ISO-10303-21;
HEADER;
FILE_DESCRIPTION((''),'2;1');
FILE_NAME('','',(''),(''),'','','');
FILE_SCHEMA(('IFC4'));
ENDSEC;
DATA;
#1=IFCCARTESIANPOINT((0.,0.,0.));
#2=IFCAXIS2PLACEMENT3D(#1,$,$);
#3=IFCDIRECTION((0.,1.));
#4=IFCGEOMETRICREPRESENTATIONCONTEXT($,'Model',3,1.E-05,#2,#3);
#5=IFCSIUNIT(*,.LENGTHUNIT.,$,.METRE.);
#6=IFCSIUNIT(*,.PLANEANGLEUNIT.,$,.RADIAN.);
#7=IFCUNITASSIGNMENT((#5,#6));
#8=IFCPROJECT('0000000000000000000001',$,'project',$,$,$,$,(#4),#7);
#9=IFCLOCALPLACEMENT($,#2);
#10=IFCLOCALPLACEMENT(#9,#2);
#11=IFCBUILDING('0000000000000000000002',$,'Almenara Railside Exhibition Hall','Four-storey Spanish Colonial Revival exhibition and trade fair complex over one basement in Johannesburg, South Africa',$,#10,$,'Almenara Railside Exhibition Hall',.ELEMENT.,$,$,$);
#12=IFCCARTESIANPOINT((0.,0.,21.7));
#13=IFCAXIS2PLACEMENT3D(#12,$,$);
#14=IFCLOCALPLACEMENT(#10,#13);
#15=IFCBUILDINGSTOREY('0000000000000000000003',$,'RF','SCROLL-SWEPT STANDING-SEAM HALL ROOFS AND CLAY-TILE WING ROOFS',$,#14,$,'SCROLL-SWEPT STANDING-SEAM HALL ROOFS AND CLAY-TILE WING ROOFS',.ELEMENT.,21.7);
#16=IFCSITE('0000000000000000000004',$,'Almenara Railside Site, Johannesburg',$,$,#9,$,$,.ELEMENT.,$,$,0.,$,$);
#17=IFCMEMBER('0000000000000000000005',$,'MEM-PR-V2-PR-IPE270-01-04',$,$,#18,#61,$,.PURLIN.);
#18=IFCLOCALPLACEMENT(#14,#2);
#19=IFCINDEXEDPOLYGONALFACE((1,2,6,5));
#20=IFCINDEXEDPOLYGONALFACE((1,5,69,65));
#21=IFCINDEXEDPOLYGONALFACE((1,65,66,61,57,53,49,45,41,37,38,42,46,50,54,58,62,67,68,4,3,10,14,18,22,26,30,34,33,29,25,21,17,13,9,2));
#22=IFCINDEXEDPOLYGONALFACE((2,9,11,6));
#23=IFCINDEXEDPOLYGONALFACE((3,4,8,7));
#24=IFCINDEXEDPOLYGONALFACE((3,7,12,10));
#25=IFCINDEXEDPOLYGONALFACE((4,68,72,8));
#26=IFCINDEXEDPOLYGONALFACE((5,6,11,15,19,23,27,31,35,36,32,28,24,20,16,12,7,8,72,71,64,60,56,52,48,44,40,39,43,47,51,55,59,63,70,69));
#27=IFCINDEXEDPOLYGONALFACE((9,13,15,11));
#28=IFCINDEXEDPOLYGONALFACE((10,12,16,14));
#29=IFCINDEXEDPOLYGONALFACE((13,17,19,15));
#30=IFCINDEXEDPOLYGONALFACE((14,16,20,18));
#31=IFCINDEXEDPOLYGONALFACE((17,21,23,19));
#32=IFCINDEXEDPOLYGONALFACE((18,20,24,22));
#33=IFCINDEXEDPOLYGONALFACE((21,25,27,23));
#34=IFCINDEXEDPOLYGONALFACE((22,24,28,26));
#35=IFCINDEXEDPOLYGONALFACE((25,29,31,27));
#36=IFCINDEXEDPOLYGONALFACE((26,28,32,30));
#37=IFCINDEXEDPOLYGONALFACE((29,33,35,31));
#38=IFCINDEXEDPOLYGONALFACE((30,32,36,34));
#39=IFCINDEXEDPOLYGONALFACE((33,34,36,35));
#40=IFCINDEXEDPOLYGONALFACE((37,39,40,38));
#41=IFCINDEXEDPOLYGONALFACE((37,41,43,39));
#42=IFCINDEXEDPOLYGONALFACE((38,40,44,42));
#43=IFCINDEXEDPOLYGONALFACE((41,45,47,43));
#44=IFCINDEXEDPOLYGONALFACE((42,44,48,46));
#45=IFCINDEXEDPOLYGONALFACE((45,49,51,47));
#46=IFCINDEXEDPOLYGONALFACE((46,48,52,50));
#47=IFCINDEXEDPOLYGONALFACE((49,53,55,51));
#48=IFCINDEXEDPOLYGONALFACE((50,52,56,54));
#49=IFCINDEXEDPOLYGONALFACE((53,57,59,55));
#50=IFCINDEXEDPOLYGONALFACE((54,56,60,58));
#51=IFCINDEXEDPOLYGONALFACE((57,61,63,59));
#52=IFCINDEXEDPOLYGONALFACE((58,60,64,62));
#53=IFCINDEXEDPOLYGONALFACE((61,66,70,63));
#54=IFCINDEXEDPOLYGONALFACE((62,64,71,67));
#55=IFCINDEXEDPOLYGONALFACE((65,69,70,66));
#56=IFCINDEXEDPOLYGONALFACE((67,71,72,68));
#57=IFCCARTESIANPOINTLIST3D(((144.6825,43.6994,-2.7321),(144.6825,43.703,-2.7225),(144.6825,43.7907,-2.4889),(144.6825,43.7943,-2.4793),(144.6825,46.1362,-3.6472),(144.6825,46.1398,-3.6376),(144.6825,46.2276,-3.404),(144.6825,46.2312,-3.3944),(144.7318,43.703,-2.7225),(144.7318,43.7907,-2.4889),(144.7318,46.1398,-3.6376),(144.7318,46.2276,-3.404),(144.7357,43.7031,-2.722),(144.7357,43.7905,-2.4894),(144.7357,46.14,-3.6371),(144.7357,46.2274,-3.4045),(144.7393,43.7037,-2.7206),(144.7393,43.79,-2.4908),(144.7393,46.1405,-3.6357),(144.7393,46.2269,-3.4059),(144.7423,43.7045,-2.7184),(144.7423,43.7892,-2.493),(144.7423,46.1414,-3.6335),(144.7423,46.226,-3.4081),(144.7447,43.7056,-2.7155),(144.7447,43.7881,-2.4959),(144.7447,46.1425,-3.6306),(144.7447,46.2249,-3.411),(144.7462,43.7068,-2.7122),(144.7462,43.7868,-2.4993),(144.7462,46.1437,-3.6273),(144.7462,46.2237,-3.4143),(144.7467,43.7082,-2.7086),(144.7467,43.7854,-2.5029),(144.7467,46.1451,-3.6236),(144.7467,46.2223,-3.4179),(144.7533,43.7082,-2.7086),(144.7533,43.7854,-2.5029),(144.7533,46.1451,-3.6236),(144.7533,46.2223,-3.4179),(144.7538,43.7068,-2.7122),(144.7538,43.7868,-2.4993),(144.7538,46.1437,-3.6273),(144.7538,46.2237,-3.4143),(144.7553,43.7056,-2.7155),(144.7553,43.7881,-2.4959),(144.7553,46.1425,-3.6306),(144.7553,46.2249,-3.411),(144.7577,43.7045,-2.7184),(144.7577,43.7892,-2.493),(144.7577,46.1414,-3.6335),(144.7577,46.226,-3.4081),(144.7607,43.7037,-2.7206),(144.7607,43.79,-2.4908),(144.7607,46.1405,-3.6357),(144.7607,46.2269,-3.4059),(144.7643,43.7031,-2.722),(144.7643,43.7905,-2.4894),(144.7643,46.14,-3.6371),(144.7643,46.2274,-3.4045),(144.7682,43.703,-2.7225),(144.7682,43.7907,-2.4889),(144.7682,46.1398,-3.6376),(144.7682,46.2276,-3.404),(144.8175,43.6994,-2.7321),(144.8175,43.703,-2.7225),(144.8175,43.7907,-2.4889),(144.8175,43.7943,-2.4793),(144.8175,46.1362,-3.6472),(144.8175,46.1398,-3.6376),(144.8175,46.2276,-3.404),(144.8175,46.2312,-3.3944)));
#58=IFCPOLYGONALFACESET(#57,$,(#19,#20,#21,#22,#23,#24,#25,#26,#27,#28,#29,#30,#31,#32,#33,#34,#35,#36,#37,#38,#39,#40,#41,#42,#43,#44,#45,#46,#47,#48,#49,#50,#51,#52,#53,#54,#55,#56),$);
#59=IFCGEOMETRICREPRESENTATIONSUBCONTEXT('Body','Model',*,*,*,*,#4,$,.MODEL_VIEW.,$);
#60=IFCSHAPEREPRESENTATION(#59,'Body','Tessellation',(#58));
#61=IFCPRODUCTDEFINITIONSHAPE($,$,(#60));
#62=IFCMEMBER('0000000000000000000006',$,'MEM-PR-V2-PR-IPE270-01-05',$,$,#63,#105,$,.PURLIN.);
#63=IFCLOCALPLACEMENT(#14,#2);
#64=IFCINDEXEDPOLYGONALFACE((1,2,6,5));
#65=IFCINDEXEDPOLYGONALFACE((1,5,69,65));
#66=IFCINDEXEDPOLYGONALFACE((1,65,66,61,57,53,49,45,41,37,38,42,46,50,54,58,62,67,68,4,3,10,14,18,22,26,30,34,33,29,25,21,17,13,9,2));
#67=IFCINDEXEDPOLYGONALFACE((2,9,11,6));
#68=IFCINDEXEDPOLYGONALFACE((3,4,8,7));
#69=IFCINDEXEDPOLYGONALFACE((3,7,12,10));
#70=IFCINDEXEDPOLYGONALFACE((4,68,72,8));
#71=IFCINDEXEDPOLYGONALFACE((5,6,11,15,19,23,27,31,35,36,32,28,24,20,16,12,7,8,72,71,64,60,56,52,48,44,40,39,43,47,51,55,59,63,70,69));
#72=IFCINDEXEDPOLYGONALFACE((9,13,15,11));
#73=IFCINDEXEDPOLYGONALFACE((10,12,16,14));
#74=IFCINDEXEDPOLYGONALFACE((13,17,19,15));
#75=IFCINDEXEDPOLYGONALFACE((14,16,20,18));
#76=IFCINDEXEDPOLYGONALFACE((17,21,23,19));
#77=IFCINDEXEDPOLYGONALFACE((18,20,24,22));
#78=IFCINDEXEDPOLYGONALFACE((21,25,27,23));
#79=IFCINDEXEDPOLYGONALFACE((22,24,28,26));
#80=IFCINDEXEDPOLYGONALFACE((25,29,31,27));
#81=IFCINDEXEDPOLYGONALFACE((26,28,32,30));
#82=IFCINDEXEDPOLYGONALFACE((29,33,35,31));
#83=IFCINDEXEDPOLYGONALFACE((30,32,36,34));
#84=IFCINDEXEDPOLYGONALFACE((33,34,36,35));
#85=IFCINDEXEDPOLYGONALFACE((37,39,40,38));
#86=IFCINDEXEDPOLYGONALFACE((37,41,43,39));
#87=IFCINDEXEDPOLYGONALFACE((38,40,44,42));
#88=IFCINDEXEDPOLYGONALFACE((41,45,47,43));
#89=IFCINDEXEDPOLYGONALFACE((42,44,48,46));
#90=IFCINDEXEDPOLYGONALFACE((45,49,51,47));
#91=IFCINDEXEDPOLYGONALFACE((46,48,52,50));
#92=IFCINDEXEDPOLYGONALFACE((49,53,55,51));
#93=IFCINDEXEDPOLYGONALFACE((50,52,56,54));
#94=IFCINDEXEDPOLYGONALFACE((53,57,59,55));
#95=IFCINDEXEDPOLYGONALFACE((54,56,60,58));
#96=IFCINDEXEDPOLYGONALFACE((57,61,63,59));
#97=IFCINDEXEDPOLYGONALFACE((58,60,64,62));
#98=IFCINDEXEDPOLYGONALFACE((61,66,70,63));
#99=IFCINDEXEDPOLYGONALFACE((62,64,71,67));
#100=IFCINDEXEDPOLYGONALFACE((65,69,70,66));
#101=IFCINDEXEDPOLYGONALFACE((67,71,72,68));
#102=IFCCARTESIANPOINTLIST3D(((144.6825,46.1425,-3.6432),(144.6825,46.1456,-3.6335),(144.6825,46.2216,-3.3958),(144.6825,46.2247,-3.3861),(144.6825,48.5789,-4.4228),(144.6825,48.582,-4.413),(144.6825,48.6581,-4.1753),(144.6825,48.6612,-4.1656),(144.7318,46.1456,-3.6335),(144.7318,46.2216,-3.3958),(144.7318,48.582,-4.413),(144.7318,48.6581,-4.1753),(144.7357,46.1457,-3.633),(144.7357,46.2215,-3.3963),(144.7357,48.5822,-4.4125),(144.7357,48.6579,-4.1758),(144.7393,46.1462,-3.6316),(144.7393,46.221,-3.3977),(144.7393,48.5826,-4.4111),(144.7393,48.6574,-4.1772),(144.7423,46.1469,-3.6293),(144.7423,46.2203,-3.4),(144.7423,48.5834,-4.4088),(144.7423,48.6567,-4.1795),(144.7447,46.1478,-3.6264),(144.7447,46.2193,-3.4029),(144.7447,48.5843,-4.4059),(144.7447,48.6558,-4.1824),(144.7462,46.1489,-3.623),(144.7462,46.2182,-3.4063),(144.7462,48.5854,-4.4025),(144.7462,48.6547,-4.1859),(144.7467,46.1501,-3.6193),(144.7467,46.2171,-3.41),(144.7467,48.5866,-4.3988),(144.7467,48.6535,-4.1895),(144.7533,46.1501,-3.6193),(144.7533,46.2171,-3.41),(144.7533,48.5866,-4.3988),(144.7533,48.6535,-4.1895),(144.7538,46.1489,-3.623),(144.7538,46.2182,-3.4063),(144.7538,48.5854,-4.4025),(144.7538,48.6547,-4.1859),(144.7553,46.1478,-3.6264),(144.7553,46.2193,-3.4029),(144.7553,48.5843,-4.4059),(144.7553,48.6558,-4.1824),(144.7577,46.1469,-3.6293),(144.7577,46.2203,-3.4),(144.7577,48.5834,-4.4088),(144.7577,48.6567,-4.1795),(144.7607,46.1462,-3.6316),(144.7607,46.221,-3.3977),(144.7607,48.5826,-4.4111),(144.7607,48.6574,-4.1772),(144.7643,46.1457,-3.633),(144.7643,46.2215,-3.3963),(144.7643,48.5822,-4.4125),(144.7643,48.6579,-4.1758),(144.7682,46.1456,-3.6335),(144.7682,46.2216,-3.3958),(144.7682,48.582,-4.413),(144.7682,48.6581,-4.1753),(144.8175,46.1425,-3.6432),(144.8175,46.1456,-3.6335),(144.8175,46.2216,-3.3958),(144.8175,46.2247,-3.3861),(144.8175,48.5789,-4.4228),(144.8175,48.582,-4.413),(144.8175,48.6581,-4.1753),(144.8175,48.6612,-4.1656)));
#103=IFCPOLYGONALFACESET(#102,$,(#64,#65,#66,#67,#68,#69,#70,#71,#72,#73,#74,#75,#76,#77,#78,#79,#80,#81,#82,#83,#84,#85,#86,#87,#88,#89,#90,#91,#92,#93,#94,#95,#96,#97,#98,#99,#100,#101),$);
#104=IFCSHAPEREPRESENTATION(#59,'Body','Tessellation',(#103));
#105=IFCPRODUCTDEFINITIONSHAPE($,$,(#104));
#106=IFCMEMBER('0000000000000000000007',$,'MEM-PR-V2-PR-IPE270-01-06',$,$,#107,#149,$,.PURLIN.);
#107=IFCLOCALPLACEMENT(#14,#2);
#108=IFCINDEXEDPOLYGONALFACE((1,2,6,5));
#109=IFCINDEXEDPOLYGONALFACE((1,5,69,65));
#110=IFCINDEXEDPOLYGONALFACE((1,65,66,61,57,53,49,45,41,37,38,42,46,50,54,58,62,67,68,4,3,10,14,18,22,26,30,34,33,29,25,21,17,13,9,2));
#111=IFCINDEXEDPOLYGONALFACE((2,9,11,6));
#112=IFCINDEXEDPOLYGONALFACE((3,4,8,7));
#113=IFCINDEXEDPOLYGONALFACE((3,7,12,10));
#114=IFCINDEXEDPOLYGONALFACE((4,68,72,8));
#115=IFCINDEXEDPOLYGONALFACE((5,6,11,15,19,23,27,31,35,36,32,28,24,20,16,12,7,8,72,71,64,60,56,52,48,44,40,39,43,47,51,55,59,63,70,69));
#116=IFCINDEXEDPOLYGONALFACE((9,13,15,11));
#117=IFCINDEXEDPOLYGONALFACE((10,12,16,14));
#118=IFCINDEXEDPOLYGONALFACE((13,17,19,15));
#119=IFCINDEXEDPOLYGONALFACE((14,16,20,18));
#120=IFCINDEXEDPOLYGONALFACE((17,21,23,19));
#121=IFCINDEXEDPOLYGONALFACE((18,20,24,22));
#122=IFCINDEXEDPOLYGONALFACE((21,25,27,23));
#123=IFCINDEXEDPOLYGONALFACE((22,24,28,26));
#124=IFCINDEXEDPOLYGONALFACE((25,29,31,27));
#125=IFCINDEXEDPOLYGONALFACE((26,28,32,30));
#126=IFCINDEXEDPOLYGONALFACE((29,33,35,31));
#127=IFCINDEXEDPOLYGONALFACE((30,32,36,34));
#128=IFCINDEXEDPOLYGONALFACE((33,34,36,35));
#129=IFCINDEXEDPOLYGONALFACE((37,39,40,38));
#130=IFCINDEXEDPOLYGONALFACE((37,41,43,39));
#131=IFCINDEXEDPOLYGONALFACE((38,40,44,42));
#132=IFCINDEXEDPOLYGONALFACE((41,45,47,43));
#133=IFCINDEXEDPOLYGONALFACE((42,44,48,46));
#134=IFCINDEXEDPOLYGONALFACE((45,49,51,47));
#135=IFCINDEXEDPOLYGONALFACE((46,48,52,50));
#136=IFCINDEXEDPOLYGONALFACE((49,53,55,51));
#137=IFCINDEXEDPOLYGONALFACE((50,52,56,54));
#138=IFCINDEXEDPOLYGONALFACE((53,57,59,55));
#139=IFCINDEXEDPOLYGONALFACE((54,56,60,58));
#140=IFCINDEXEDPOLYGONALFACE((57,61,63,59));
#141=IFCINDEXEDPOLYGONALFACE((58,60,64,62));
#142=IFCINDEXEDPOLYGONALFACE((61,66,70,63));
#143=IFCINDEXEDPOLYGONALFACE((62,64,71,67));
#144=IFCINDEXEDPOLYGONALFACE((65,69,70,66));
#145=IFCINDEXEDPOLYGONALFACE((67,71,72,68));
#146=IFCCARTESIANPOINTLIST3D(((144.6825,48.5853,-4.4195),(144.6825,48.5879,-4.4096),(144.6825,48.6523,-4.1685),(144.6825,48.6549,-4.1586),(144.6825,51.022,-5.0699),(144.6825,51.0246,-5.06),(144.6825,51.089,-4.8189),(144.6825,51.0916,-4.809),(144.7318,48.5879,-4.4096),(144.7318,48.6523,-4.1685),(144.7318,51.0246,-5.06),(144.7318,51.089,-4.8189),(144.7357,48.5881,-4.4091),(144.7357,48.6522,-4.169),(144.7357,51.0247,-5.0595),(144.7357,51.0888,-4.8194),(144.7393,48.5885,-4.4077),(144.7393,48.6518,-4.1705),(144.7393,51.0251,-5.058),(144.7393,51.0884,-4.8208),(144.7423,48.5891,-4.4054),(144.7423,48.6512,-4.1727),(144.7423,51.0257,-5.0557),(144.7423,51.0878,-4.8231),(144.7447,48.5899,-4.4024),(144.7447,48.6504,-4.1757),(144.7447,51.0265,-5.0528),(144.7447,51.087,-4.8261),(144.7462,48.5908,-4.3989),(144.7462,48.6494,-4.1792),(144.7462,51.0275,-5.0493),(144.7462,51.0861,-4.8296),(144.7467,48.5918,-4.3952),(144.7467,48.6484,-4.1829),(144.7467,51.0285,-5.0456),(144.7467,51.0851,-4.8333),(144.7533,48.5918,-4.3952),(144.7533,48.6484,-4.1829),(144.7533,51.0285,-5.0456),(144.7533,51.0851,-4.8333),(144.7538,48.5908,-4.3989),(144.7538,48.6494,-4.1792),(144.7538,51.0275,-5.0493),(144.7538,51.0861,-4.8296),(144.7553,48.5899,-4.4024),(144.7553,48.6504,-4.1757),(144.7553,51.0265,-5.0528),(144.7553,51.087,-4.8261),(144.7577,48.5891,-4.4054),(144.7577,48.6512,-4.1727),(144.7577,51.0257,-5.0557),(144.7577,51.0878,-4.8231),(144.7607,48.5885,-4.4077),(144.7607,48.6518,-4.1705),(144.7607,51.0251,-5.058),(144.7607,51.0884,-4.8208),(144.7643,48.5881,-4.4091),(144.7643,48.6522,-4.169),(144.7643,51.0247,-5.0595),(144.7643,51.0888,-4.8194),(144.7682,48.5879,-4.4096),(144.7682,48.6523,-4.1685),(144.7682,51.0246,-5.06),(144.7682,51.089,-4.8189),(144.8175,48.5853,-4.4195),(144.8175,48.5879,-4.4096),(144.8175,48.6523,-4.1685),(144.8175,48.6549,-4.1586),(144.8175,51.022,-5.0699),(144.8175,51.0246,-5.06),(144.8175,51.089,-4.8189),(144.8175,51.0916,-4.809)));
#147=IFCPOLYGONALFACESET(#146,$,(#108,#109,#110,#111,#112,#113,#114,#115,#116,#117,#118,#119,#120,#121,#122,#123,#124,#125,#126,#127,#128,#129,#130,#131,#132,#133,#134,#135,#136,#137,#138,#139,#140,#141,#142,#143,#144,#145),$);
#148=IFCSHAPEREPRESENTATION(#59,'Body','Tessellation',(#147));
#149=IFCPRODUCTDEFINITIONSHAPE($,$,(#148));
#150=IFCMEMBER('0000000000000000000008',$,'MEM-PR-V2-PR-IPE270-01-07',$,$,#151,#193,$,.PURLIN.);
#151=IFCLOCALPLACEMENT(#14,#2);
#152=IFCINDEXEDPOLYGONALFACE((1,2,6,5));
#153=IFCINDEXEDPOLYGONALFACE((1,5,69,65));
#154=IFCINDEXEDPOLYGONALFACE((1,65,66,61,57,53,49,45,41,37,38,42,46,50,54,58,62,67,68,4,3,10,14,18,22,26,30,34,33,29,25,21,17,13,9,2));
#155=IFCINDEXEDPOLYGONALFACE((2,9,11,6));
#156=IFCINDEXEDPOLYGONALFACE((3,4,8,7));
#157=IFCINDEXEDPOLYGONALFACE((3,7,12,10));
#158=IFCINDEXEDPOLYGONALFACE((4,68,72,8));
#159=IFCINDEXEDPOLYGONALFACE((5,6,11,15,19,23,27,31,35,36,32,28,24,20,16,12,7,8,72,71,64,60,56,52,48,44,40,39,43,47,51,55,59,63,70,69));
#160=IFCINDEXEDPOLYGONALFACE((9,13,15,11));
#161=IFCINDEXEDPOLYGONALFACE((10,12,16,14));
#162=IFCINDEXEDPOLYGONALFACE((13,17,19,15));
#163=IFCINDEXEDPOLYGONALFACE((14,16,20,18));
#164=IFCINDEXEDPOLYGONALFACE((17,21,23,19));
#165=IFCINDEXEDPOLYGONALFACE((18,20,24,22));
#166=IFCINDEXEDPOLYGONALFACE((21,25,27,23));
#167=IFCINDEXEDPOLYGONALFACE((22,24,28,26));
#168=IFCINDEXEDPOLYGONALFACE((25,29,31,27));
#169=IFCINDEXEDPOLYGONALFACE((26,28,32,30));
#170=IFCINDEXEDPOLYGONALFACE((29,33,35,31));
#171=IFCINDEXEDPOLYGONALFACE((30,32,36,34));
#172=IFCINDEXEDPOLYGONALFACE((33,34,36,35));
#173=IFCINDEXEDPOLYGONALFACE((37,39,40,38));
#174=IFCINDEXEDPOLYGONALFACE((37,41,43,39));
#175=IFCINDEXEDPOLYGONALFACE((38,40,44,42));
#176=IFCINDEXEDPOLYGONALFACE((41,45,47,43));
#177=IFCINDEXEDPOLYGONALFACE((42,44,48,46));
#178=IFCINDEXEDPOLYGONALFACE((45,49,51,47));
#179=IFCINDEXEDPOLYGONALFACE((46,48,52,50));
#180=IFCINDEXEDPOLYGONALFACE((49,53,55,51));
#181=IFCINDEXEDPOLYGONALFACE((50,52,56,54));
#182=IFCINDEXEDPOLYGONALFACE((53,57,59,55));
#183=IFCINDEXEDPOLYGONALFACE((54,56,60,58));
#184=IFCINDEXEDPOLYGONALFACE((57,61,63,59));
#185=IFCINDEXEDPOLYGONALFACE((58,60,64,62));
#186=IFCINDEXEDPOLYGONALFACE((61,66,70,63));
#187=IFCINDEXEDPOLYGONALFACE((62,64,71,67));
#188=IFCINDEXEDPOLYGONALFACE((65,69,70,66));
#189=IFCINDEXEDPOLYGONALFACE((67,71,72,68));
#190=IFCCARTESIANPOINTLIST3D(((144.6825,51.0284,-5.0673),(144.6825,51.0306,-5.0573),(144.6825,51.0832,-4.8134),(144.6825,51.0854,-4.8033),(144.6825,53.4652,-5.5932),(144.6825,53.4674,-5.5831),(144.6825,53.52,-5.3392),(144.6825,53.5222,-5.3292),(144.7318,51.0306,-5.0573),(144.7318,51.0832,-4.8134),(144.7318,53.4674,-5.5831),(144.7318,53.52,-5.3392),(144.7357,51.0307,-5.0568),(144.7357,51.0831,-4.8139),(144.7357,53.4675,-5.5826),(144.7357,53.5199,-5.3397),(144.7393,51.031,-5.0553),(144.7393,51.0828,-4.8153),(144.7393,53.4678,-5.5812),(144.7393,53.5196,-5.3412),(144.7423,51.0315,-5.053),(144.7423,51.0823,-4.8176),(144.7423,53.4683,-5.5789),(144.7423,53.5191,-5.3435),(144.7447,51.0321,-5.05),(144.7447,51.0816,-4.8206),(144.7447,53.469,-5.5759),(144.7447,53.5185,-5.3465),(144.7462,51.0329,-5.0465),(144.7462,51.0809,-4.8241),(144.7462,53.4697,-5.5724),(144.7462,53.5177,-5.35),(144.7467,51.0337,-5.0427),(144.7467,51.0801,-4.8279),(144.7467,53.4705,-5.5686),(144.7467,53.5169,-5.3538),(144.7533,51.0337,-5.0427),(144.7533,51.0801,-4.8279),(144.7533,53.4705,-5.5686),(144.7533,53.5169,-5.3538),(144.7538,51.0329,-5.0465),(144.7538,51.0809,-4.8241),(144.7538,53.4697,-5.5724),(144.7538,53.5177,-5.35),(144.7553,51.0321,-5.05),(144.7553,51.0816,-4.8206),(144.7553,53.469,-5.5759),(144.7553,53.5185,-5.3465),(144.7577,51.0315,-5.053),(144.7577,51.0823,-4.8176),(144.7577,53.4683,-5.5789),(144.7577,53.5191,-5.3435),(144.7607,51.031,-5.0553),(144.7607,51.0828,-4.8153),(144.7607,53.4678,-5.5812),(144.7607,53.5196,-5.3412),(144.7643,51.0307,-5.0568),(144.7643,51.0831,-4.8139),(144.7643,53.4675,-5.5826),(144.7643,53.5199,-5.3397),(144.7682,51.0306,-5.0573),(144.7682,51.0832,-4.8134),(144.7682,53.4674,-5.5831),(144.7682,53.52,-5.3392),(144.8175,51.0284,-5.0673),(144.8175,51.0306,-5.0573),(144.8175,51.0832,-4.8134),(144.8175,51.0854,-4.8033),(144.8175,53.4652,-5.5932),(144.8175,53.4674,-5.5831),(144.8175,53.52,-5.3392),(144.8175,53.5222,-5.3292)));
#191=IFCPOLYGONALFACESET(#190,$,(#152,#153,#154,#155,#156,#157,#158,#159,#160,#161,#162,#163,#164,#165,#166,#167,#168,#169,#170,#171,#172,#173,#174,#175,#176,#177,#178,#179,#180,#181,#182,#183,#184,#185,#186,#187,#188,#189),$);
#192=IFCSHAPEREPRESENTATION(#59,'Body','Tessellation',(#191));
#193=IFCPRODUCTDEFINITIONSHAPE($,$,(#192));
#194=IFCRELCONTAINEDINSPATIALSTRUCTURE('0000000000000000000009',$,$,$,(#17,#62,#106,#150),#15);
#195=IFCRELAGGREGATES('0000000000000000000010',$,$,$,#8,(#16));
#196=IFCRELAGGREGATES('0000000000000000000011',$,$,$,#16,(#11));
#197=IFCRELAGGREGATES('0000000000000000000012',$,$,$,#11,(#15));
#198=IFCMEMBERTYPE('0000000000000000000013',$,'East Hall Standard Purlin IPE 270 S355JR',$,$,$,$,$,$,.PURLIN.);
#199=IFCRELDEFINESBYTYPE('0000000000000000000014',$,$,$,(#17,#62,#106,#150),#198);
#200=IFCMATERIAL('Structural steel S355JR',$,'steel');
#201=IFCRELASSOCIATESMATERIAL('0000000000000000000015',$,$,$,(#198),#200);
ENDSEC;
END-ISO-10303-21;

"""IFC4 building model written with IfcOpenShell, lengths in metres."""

from ifc_helpers import new_model, si_unit, direction, frame, origin, origin_2d, place, context, subcontext, project, spatial, i_section, extrude, material, material_profile, profile_set, type_object, element, save


model = new_model("IFC4")

# Units and contexts
model_context = context("Model", 3, precision=1e-05, world=origin(), true_north=direction((0.0, 1.0)))
body_context = subcontext(model_context, "Body", "Model", "MODEL_VIEW")
ifc_project = project(units=[si_unit("LENGTHUNIT", "METRE"), si_unit("PLANEANGLEUNIT", "RADIAN")], contexts=[model_context])

# Site, building, storey
site_placement = place(None, origin())
site = spatial("IfcSite", under=ifc_project, at=site_placement, Name="Almenara Railside Site, Johannesburg", CompositionType="ELEMENT", RefElevation=0.0)
building_placement = place(site_placement, origin())
building = spatial("IfcBuilding", under=site, at=building_placement, Name="Almenara Railside Exhibition Hall", Description="Four-storey Spanish Colonial Revival exhibition and trade fair complex over one basement in Johannesburg, South Africa", LongName="Almenara Railside Exhibition Hall", CompositionType="ELEMENT")
storey_placement = place(building_placement, frame((0.0, 0.0, 21.7)))
storey = spatial("IfcBuildingStorey", under=building, at=storey_placement, Name="RF", Description="SCROLL-SWEPT STANDING-SEAM HALL ROOFS AND CLAY-TILE WING ROOFS", LongName="SCROLL-SWEPT STANDING-SEAM HALL ROOFS AND CLAY-TILE WING ROOFS", CompositionType="ELEMENT", Elevation=21.7)

# Members
ifc_material = material(Name="Structural steel S355JR", Category="steel")
ifc_material_profile_1 = material_profile(ifc_material, i_section(OverallWidth=0.135, OverallDepth=0.27, WebThickness=0.0066, FlangeThickness=0.0103, FilletRadius=0.0149, at=origin_2d()), Name="IPE 270")
ifc_profile_set_1 = profile_set([ifc_material_profile_1], Name="Structural steel S355JR")
member_type_1 = type_object("IfcMemberType", Name="East Hall Standard Purlin IPE 270 S355JR", PredefinedType="PURLIN", material=ifc_profile_set_1)
member_1_placement = place(storey_placement, frame((144.75, 43.7468, -2.6057), z_axis=(0.0, 0.936171, -0.351545), x_axis=(-1.0, 0.0, 0.0)))
element("IfcMember", 1, at=member_1_placement, inside=storey, type_object=member_type_1, Name="MEM-PR-V2-PR-IPE270-01-04", PredefinedType="PURLIN", context=body_context, shape_type="SweptSolid", body=[
    extrude(i_section(OverallWidth=0.135, OverallDepth=0.27, WebThickness=0.0066, FlangeThickness=0.0103, FilletRadius=0.0149, at=origin_2d()), origin(), (0.0, 0.0, 1.0), 2.603),
])
member_2_placement = place(storey_placement, frame((144.75, 46.1836, -3.5146), z_axis=(0.0, 0.952441, -0.304724), x_axis=(-1.0, 0.0, 0.0)))
element("IfcMember", 2, at=member_2_placement, inside=storey, type_object=member_type_1, Name="MEM-PR-V2-PR-IPE270-01-05", PredefinedType="PURLIN", context=body_context, shape_type="SweptSolid", body=[
    extrude(i_section(OverallWidth=0.135, OverallDepth=0.27, WebThickness=0.0066, FlangeThickness=0.0103, FilletRadius=0.0149, at=origin_2d()), origin(), (0.0, 0.0, 1.0), 2.5581),
])
member_3_placement = place(storey_placement, frame((144.75, 48.6201, -4.2891), z_axis=(0.0, 0.966177, -0.25788), x_axis=(-1.0, 0.0, 0.0)))
element("IfcMember", 3, at=member_3_placement, inside=storey, type_object=member_type_1, Name="MEM-PR-V2-PR-IPE270-01-06", PredefinedType="PURLIN", context=body_context, shape_type="SweptSolid", body=[
    extrude(i_section(OverallWidth=0.135, OverallDepth=0.27, WebThickness=0.0066, FlangeThickness=0.0103, FilletRadius=0.0149, at=origin_2d()), origin(), (0.0, 0.0, 1.0), 2.522),
])
member_4_placement = place(storey_placement, frame((144.75, 51.0569, -4.9353), z_axis=(0.0, 0.977496, -0.210953), x_axis=(-1.0, 0.0, 0.0)))
element("IfcMember", 4, at=member_4_placement, inside=storey, type_object=member_type_1, Name="MEM-PR-V2-PR-IPE270-01-07", PredefinedType="PURLIN", context=body_context, shape_type="SweptSolid", body=[
    extrude(i_section(OverallWidth=0.135, OverallDepth=0.27, WebThickness=0.0066, FlangeThickness=0.0103, FilletRadius=0.0149, at=origin_2d()), origin(), (0.0, 0.0, 1.0), 2.4929),
])

save(model, "model.ifc")
